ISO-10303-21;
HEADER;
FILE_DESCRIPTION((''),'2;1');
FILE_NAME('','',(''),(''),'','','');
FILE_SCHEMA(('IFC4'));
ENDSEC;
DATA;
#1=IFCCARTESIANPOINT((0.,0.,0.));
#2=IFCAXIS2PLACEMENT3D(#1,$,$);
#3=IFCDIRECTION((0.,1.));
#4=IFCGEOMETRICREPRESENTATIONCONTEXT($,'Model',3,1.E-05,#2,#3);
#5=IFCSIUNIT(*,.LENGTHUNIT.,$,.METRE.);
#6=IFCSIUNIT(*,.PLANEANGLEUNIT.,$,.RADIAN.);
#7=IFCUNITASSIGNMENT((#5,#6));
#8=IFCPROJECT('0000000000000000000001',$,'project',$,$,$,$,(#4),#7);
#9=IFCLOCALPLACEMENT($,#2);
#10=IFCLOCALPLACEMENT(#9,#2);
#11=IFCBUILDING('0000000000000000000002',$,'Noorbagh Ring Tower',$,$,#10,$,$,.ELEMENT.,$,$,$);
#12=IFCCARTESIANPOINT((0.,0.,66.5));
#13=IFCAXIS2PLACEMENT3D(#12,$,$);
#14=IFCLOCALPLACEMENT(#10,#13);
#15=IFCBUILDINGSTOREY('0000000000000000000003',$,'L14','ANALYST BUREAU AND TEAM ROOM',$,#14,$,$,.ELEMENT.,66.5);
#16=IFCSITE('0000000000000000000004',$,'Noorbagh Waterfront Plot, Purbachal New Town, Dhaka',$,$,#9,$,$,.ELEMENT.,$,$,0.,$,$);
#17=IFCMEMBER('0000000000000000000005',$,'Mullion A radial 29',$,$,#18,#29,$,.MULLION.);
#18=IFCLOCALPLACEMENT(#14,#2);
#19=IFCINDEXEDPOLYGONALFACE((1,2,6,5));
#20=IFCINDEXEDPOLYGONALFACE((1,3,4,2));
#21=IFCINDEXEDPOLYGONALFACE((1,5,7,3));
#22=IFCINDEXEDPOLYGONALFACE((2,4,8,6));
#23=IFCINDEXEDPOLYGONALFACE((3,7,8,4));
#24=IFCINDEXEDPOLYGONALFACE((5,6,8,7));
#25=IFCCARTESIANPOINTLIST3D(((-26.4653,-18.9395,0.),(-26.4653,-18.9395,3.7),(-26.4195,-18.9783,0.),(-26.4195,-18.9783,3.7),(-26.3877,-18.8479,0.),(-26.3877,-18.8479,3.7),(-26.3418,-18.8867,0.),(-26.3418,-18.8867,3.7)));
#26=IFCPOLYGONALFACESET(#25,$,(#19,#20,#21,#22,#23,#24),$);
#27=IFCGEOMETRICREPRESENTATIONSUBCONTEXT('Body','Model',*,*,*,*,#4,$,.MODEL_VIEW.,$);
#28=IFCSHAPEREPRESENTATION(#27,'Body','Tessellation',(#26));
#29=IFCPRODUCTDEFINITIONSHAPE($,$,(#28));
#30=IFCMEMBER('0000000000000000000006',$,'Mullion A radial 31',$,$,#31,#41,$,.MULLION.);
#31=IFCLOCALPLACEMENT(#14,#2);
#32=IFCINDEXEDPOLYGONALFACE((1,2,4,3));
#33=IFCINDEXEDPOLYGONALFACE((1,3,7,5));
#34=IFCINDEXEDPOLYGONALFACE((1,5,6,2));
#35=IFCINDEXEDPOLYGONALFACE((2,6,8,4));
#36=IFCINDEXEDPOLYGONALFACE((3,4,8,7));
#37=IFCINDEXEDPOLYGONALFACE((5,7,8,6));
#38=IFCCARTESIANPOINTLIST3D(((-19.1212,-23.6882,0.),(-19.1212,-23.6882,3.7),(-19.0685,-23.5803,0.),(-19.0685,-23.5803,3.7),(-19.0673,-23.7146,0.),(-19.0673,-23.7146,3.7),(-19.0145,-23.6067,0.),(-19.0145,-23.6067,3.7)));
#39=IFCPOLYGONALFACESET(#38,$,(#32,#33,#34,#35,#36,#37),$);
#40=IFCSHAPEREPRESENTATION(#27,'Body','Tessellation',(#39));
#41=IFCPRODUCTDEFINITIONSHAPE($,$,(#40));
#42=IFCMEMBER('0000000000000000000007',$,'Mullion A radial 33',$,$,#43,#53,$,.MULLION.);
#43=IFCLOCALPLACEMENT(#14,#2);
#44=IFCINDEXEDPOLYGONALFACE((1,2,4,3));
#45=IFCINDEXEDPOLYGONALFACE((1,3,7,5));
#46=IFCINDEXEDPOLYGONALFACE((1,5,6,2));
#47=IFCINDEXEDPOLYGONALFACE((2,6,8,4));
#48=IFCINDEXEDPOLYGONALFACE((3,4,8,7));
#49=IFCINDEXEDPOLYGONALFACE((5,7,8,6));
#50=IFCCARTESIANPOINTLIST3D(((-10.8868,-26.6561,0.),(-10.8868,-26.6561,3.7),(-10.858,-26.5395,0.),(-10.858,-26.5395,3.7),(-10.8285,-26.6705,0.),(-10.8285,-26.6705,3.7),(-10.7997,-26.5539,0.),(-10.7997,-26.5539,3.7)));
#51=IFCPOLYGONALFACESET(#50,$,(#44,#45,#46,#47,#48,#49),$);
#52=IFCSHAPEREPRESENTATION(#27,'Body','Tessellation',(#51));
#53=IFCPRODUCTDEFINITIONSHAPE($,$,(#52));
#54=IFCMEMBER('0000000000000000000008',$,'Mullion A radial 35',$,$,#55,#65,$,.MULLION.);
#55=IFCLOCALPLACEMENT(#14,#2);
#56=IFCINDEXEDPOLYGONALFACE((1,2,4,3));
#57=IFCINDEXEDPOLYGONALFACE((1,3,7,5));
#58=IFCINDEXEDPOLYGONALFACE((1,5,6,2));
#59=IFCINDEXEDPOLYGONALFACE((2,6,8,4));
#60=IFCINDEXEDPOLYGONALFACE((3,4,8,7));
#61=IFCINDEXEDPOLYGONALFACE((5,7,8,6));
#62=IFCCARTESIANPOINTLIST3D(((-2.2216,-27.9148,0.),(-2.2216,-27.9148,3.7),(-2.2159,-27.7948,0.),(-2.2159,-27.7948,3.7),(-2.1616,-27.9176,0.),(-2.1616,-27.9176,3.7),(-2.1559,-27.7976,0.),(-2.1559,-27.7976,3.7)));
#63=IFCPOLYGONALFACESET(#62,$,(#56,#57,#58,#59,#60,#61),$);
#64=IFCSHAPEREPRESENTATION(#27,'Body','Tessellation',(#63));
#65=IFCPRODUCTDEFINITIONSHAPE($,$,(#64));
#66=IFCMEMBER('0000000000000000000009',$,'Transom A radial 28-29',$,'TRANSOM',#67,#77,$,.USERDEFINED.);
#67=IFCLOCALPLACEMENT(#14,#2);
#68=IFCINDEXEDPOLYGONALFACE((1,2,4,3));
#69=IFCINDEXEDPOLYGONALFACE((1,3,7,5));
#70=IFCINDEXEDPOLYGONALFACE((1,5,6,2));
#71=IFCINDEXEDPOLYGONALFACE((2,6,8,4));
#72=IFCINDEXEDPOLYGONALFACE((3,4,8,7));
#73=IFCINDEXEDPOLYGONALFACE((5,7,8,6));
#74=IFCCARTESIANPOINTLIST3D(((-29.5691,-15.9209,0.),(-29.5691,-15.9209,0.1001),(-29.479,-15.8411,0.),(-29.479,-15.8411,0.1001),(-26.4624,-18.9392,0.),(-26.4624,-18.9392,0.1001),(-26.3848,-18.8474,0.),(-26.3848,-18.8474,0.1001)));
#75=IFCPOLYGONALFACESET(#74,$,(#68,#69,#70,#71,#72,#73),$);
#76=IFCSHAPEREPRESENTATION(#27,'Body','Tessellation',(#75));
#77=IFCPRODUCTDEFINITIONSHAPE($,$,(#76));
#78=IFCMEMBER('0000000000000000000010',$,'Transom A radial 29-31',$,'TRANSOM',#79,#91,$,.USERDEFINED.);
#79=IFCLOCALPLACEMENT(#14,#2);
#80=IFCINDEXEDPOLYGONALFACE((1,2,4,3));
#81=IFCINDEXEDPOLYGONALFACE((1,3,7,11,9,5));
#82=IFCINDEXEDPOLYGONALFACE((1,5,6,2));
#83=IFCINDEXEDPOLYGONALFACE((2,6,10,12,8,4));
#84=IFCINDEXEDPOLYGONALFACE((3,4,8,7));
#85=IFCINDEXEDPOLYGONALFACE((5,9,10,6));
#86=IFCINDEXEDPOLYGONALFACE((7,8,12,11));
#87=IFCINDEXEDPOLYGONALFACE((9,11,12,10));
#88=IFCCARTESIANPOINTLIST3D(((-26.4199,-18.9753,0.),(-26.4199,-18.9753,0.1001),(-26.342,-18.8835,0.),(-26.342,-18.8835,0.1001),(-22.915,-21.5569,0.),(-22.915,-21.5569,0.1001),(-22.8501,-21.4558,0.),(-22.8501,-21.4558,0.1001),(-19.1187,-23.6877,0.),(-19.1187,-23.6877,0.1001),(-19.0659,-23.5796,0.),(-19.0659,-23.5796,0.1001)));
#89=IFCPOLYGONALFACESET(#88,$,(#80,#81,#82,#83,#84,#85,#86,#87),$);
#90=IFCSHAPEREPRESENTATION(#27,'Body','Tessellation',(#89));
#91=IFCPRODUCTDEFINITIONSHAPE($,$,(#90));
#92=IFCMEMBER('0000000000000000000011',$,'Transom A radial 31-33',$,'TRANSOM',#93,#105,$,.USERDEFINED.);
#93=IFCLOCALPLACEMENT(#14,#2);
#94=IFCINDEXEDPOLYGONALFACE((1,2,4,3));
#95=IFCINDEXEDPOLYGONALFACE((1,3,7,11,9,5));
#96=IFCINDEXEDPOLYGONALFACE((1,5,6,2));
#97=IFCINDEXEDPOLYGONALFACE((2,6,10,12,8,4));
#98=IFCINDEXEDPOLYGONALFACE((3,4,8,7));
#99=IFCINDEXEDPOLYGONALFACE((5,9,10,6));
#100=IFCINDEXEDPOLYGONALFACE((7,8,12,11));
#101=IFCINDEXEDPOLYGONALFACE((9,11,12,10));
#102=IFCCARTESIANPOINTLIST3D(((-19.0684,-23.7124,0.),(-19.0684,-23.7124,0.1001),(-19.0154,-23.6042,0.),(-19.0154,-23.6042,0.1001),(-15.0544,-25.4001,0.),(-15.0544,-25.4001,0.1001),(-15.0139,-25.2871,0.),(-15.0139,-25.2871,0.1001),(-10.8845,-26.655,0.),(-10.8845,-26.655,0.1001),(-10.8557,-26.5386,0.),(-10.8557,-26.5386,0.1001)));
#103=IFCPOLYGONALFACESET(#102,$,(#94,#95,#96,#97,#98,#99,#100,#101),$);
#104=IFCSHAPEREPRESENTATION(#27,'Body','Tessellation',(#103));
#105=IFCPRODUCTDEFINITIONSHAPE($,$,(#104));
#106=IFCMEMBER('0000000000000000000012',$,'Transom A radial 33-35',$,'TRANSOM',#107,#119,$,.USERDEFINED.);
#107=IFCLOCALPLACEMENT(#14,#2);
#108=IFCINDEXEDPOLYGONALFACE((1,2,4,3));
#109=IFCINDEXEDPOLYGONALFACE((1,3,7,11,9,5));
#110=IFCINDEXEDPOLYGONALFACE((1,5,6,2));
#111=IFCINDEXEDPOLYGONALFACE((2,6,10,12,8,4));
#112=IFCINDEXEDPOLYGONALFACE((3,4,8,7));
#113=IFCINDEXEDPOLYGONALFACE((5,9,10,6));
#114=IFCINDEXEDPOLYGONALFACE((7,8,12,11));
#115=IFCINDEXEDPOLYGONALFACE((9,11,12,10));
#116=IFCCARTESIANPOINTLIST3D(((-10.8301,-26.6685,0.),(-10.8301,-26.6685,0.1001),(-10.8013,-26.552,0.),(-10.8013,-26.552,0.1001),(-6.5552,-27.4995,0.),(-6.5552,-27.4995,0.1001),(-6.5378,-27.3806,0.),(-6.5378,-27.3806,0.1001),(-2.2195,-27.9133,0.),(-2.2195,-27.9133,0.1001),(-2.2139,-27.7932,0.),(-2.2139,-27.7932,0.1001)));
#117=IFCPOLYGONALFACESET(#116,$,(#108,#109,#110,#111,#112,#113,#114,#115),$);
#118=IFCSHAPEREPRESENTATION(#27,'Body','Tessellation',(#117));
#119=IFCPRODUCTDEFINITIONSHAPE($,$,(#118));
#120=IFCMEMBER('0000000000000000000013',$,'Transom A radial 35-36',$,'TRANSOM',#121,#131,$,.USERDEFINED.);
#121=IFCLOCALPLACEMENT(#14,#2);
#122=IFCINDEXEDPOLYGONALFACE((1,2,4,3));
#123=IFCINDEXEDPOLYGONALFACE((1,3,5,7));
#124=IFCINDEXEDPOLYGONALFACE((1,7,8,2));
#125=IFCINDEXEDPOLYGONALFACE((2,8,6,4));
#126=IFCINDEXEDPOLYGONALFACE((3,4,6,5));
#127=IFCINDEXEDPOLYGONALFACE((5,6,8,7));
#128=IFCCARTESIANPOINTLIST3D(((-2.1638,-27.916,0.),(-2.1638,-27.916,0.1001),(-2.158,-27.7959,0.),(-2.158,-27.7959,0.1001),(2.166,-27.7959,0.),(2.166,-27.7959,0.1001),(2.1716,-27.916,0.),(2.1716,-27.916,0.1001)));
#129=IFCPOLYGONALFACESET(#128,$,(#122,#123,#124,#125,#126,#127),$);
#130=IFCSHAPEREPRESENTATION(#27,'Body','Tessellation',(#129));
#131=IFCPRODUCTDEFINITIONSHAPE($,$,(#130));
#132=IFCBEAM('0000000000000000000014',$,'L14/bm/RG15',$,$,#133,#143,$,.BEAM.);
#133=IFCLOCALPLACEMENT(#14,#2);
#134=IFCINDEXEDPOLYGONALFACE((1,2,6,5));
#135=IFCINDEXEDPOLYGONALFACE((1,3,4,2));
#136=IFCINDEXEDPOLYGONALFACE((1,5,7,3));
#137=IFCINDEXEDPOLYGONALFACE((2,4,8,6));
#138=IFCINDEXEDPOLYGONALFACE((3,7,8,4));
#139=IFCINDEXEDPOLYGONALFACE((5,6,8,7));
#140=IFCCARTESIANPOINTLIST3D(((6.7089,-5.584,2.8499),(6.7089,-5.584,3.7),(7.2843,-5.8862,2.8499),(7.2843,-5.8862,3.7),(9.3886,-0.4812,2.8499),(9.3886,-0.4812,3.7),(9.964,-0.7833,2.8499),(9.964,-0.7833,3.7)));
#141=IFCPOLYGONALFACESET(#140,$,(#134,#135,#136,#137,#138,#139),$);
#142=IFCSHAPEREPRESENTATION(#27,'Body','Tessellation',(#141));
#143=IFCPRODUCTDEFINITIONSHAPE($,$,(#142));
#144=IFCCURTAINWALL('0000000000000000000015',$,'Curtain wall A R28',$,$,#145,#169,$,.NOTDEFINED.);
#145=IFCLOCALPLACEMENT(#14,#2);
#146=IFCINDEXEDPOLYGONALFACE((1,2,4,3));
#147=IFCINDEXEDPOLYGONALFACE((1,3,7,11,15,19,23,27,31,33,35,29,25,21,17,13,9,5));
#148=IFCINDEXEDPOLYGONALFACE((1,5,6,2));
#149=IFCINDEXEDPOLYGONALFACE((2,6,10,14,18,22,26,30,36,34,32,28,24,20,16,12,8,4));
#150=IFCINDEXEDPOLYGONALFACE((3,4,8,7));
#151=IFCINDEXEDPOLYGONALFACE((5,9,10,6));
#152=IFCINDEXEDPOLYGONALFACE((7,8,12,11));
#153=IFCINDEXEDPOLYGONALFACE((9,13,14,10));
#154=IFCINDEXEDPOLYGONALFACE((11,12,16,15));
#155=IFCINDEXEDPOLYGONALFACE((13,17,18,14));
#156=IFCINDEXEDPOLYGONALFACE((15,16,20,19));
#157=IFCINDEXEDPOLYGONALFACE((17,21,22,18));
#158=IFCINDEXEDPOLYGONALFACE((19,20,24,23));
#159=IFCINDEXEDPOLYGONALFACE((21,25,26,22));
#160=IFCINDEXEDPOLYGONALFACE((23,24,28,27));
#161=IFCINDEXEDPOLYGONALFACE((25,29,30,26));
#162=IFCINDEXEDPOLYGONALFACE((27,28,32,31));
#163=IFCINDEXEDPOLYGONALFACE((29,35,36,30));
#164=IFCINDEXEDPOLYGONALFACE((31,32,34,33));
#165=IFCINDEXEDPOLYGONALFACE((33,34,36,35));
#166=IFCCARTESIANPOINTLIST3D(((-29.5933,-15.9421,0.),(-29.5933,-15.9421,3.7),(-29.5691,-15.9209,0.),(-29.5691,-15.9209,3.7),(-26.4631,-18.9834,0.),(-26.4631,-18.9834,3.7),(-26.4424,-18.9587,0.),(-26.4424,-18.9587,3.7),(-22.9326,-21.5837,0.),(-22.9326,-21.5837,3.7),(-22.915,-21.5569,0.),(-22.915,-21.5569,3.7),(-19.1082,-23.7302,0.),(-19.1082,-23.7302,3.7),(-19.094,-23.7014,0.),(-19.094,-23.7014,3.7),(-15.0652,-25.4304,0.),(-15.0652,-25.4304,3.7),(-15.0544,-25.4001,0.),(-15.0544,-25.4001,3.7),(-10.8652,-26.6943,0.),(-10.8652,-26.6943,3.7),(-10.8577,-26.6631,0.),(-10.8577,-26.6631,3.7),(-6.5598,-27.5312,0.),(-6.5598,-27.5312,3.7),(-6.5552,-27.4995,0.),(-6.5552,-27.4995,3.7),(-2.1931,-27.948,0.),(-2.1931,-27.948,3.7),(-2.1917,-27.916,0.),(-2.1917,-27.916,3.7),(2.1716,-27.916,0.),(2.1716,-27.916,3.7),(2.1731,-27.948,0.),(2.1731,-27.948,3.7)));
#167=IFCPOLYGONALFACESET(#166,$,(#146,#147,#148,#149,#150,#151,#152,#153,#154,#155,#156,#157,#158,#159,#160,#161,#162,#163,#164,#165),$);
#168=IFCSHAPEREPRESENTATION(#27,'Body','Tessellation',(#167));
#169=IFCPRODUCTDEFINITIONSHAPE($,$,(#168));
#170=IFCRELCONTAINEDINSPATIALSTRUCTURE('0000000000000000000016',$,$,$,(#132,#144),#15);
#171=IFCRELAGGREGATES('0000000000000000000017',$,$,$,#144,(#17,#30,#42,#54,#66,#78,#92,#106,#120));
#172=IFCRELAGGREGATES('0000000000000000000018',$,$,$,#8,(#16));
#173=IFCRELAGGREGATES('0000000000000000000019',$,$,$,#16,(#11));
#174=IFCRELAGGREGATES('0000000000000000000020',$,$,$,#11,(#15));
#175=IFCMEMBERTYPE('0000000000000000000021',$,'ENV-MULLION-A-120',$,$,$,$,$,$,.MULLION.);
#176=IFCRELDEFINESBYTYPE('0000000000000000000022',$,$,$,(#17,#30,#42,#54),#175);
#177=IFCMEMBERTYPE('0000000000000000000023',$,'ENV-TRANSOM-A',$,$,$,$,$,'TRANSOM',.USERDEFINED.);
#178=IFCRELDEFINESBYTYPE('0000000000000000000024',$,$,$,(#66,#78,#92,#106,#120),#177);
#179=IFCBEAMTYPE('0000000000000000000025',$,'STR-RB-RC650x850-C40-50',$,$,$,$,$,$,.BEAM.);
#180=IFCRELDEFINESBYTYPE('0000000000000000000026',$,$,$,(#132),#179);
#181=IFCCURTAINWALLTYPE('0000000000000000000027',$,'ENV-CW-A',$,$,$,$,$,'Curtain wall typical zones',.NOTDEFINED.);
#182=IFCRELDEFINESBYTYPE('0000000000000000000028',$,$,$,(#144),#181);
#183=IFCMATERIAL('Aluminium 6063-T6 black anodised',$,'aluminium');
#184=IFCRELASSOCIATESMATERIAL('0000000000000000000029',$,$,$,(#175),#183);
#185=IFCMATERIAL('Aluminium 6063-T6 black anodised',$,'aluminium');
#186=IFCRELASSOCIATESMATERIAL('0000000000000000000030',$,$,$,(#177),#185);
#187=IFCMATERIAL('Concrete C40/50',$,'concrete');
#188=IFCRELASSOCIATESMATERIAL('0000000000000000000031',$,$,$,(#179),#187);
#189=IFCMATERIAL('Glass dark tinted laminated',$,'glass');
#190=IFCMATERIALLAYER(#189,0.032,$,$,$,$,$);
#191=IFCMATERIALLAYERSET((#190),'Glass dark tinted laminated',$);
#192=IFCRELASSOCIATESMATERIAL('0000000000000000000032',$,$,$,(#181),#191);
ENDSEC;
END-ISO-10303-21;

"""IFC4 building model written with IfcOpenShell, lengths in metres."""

from ifc_helpers import new_model, si_unit, direction, frame, origin, origin_2d, place, context, subcontext, project, spatial, polyline, rectangle, outline, extrude, material, layer, layer_set, material_profile, profile_set, type_object, element, aggregate, save


model = new_model("IFC4")

# Units and contexts
model_context = context("Model", 3, precision=1e-05, world=origin(), true_north=direction((0.0, 1.0)))
body_context = subcontext(model_context, "Body", "Model", "MODEL_VIEW")
ifc_project = project(units=[si_unit("LENGTHUNIT", "METRE"), si_unit("PLANEANGLEUNIT", "RADIAN")], contexts=[model_context])

# Site, building, storey
site_placement = place(None, origin())
site = spatial("IfcSite", under=ifc_project, at=site_placement, Name="Noorbagh Waterfront Plot, Purbachal New Town, Dhaka", CompositionType="ELEMENT", RefElevation=0.0)
building_placement = place(site_placement, origin())
building = spatial("IfcBuilding", under=site, at=building_placement, Name="Noorbagh Ring Tower", CompositionType="ELEMENT")
storey_placement = place(building_placement, frame((0.0, 0.0, 66.5)))
storey = spatial("IfcBuildingStorey", under=building, at=storey_placement, Name="L14", Description="ANALYST BUREAU AND TEAM ROOM", CompositionType="ELEMENT", Elevation=66.5)

# Members
ifc_material_1 = material(Name="Aluminium 6063-T6 black anodised", Category="aluminium")
ifc_material_profile_1 = material_profile(ifc_material_1, rectangle(XDim=0.1201, YDim=0.0601, at=origin_2d()), Name="120x60")
ifc_profile_set_1 = profile_set([ifc_material_profile_1], Name="Aluminium 6063-T6 black anodised")
member_type_1 = type_object("IfcMemberType", Name="ENV-MULLION-A-120", PredefinedType="MULLION", material=ifc_profile_set_1)
member_1_placement = place(storey_placement, frame((-26.4036, -18.9131, 0.0), z_axis=(0.0, 0.0, 1.0), x_axis=(0.646451, 0.762955, 0.0)))
member_1 = element("IfcMember", 1, at=member_1_placement, type_object=member_type_1, Name="Mullion A radial 29", PredefinedType="MULLION", context=body_context, shape_type="SweptSolid", body=[
    extrude(rectangle(XDim=0.1201, YDim=0.0601, at=origin_2d()), origin(), (0.0, 0.0, 1.0), 3.7),
])
member_2_placement = place(storey_placement, frame((-19.0679, -23.6475, 0.0), z_axis=(0.0, 0.0, 1.0), x_axis=(0.439238, 0.898371, 0.0)))
member_2 = element("IfcMember", 2, at=member_2_placement, type_object=member_type_1, Name="Mullion A radial 31", PredefinedType="MULLION", context=body_context, shape_type="SweptSolid", body=[
    extrude(rectangle(XDim=0.1201, YDim=0.0601, at=origin_2d()), origin(), (0.0, 0.0, 1.0), 3.7),
])
member_3_placement = place(storey_placement, frame((-10.8433, -26.605, 0.0), z_axis=(0.0, 0.0, 1.0), x_axis=(0.239799, 0.970823, 0.0)))
member_3 = element("IfcMember", 3, at=member_3_placement, type_object=member_type_1, Name="Mullion A radial 33", PredefinedType="MULLION", context=body_context, shape_type="SweptSolid", body=[
    extrude(rectangle(XDim=0.1201, YDim=0.0601, at=origin_2d()), origin(), (0.0, 0.0, 1.0), 3.7),
])
member_4_placement = place(storey_placement, frame((-2.1887, -27.8562, 0.0), z_axis=(0.0, 0.0, 1.0), x_axis=(0.047558, 0.998868, 0.0)))
member_4 = element("IfcMember", 4, at=member_4_placement, type_object=member_type_1, Name="Mullion A radial 35", PredefinedType="MULLION", context=body_context, shape_type="SweptSolid", body=[
    extrude(rectangle(XDim=0.1201, YDim=0.0601, at=origin_2d()), origin(), (0.0, 0.0, 1.0), 3.7),
])
ifc_material_2 = material(Name="Aluminium 6063-T6 black anodised", Category="aluminium")
member_type_2 = type_object("IfcMemberType", Name="ENV-TRANSOM-A", ElementType="TRANSOM", PredefinedType="USERDEFINED", material=ifc_material_2)
member_5_placement = place(storey_placement, origin())
member_5 = element("IfcMember", 5, at=member_5_placement, type_object=member_type_2, Name="Transom A radial 28-29", ObjectType="TRANSOM", PredefinedType="USERDEFINED", context=body_context, shape_type="SweptSolid", body=[
    extrude(outline(polyline([(-29.5691, -15.9209), (-26.4624, -18.9392), (-26.3848, -18.8474), (-29.479, -15.8411), (-29.5691, -15.9209)])), origin(), (0.0, 0.0, 1.0), 0.1001),
])
member_6_placement = place(storey_placement, origin())
member_6 = element("IfcMember", 6, at=member_6_placement, type_object=member_type_2, Name="Transom A radial 29-31", ObjectType="TRANSOM", PredefinedType="USERDEFINED", context=body_context, shape_type="SweptSolid", body=[
    extrude(outline(polyline([(-26.4199, -18.9753), (-22.915, -21.5569), (-19.1187, -23.6877), (-19.0659, -23.5796), (-22.8501, -21.4558), (-26.342, -18.8835), (-26.4199, -18.9753)])), origin(), (0.0, 0.0, 1.0), 0.1001),
])
member_7_placement = place(storey_placement, origin())
member_7 = element("IfcMember", 7, at=member_7_placement, type_object=member_type_2, Name="Transom A radial 31-33", ObjectType="TRANSOM", PredefinedType="USERDEFINED", context=body_context, shape_type="SweptSolid", body=[
    extrude(outline(polyline([(-19.0684, -23.7124), (-15.0544, -25.4001), (-10.8845, -26.655), (-10.8557, -26.5386), (-15.0139, -25.2871), (-19.0154, -23.6042), (-19.0684, -23.7124)])), origin(), (0.0, 0.0, 1.0), 0.1001),
])
member_8_placement = place(storey_placement, origin())
member_8 = element("IfcMember", 8, at=member_8_placement, type_object=member_type_2, Name="Transom A radial 33-35", ObjectType="TRANSOM", PredefinedType="USERDEFINED", context=body_context, shape_type="SweptSolid", body=[
    extrude(outline(polyline([(-10.8301, -26.6685), (-6.5552, -27.4995), (-2.2195, -27.9133), (-2.2139, -27.7932), (-6.5378, -27.3806), (-10.8013, -26.552), (-10.8301, -26.6685)])), origin(), (0.0, 0.0, 1.0), 0.1001),
])
member_9_placement = place(storey_placement, origin())
member_9 = element("IfcMember", 9, at=member_9_placement, type_object=member_type_2, Name="Transom A radial 35-36", ObjectType="TRANSOM", PredefinedType="USERDEFINED", context=body_context, shape_type="SweptSolid", body=[
    extrude(outline(polyline([(-2.1638, -27.916), (2.1716, -27.916), (2.166, -27.7959), (-2.158, -27.7959), (-2.1638, -27.916)])), origin(), (0.0, 0.0, 1.0), 0.1001),
])

# Beam
ifc_material_3 = material(Name="Concrete C40/50", Category="concrete")
ifc_material_profile_2 = material_profile(ifc_material_3, rectangle(XDim=0.6499, YDim=0.8501, at=origin_2d()), Name="RC650x850")
ifc_profile_set_2 = profile_set([ifc_material_profile_2], Name="Concrete C40/50")
beam_type = type_object("IfcBeamType", Name="STR-RB-RC650x850-C40-50", PredefinedType="BEAM", material=ifc_profile_set_2)
beam_placement = place(storey_placement, frame((6.9966, -5.7351, 3.2749), z_axis=(0.464933, 0.885346, 0.0), x_axis=(-0.885346, 0.464933, 0.0)))
element("IfcBeam", 10, at=beam_placement, inside=storey, type_object=beam_type, Name="L14/bm/RG15", PredefinedType="BEAM", context=body_context, shape_type="SweptSolid", body=[
    extrude(rectangle(XDim=0.6499, YDim=0.8501, at=origin_2d()), origin(), (0.0, 0.0, 1.0), 5.7637),
])

# Curtain wall
ifc_material_4 = material(Name="Glass dark tinted laminated", Category="glass")
ifc_layer = layer(ifc_material_4, 0.032)
ifc_layer_set = layer_set([ifc_layer], Name="Glass dark tinted laminated")
curtain_wall_type = type_object("IfcCurtainWallType", Name="ENV-CW-A", ElementType="Curtain wall typical zones", PredefinedType="NOTDEFINED", material=ifc_layer_set)
curtain_wall_1_placement = place(storey_placement, origin())
curtain_wall_1 = element("IfcCurtainWall", 11, at=curtain_wall_1_placement, inside=storey, type_object=curtain_wall_type, Name="Curtain wall A R28", PredefinedType="NOTDEFINED", context=body_context, shape_type="SweptSolid", body=[
    extrude(outline(polyline([(-29.5933, -15.9421), (-26.4631, -18.9834), (-22.9326, -21.5837), (-19.1082, -23.7302), (-15.0652, -25.4304), (-10.8652, -26.6943), (-6.5598, -27.5312), (-2.1931, -27.948), (2.1731, -27.948), (2.1716, -27.916), (-2.1917, -27.916), (-6.5552, -27.4995), (-10.8577, -26.6631), (-15.0544, -25.4001), (-19.094, -23.7014), (-22.915, -21.5569), (-26.4424, -18.9587), (-29.5691, -15.9209), (-29.5933, -15.9421)])), origin(), (0.0, 0.0, 1.0), 3.7),
])
aggregate(curtain_wall_1, [member_1, member_2, member_3, member_4, member_5, member_6, member_7, member_8, member_9])

save(model, "model.ifc")
